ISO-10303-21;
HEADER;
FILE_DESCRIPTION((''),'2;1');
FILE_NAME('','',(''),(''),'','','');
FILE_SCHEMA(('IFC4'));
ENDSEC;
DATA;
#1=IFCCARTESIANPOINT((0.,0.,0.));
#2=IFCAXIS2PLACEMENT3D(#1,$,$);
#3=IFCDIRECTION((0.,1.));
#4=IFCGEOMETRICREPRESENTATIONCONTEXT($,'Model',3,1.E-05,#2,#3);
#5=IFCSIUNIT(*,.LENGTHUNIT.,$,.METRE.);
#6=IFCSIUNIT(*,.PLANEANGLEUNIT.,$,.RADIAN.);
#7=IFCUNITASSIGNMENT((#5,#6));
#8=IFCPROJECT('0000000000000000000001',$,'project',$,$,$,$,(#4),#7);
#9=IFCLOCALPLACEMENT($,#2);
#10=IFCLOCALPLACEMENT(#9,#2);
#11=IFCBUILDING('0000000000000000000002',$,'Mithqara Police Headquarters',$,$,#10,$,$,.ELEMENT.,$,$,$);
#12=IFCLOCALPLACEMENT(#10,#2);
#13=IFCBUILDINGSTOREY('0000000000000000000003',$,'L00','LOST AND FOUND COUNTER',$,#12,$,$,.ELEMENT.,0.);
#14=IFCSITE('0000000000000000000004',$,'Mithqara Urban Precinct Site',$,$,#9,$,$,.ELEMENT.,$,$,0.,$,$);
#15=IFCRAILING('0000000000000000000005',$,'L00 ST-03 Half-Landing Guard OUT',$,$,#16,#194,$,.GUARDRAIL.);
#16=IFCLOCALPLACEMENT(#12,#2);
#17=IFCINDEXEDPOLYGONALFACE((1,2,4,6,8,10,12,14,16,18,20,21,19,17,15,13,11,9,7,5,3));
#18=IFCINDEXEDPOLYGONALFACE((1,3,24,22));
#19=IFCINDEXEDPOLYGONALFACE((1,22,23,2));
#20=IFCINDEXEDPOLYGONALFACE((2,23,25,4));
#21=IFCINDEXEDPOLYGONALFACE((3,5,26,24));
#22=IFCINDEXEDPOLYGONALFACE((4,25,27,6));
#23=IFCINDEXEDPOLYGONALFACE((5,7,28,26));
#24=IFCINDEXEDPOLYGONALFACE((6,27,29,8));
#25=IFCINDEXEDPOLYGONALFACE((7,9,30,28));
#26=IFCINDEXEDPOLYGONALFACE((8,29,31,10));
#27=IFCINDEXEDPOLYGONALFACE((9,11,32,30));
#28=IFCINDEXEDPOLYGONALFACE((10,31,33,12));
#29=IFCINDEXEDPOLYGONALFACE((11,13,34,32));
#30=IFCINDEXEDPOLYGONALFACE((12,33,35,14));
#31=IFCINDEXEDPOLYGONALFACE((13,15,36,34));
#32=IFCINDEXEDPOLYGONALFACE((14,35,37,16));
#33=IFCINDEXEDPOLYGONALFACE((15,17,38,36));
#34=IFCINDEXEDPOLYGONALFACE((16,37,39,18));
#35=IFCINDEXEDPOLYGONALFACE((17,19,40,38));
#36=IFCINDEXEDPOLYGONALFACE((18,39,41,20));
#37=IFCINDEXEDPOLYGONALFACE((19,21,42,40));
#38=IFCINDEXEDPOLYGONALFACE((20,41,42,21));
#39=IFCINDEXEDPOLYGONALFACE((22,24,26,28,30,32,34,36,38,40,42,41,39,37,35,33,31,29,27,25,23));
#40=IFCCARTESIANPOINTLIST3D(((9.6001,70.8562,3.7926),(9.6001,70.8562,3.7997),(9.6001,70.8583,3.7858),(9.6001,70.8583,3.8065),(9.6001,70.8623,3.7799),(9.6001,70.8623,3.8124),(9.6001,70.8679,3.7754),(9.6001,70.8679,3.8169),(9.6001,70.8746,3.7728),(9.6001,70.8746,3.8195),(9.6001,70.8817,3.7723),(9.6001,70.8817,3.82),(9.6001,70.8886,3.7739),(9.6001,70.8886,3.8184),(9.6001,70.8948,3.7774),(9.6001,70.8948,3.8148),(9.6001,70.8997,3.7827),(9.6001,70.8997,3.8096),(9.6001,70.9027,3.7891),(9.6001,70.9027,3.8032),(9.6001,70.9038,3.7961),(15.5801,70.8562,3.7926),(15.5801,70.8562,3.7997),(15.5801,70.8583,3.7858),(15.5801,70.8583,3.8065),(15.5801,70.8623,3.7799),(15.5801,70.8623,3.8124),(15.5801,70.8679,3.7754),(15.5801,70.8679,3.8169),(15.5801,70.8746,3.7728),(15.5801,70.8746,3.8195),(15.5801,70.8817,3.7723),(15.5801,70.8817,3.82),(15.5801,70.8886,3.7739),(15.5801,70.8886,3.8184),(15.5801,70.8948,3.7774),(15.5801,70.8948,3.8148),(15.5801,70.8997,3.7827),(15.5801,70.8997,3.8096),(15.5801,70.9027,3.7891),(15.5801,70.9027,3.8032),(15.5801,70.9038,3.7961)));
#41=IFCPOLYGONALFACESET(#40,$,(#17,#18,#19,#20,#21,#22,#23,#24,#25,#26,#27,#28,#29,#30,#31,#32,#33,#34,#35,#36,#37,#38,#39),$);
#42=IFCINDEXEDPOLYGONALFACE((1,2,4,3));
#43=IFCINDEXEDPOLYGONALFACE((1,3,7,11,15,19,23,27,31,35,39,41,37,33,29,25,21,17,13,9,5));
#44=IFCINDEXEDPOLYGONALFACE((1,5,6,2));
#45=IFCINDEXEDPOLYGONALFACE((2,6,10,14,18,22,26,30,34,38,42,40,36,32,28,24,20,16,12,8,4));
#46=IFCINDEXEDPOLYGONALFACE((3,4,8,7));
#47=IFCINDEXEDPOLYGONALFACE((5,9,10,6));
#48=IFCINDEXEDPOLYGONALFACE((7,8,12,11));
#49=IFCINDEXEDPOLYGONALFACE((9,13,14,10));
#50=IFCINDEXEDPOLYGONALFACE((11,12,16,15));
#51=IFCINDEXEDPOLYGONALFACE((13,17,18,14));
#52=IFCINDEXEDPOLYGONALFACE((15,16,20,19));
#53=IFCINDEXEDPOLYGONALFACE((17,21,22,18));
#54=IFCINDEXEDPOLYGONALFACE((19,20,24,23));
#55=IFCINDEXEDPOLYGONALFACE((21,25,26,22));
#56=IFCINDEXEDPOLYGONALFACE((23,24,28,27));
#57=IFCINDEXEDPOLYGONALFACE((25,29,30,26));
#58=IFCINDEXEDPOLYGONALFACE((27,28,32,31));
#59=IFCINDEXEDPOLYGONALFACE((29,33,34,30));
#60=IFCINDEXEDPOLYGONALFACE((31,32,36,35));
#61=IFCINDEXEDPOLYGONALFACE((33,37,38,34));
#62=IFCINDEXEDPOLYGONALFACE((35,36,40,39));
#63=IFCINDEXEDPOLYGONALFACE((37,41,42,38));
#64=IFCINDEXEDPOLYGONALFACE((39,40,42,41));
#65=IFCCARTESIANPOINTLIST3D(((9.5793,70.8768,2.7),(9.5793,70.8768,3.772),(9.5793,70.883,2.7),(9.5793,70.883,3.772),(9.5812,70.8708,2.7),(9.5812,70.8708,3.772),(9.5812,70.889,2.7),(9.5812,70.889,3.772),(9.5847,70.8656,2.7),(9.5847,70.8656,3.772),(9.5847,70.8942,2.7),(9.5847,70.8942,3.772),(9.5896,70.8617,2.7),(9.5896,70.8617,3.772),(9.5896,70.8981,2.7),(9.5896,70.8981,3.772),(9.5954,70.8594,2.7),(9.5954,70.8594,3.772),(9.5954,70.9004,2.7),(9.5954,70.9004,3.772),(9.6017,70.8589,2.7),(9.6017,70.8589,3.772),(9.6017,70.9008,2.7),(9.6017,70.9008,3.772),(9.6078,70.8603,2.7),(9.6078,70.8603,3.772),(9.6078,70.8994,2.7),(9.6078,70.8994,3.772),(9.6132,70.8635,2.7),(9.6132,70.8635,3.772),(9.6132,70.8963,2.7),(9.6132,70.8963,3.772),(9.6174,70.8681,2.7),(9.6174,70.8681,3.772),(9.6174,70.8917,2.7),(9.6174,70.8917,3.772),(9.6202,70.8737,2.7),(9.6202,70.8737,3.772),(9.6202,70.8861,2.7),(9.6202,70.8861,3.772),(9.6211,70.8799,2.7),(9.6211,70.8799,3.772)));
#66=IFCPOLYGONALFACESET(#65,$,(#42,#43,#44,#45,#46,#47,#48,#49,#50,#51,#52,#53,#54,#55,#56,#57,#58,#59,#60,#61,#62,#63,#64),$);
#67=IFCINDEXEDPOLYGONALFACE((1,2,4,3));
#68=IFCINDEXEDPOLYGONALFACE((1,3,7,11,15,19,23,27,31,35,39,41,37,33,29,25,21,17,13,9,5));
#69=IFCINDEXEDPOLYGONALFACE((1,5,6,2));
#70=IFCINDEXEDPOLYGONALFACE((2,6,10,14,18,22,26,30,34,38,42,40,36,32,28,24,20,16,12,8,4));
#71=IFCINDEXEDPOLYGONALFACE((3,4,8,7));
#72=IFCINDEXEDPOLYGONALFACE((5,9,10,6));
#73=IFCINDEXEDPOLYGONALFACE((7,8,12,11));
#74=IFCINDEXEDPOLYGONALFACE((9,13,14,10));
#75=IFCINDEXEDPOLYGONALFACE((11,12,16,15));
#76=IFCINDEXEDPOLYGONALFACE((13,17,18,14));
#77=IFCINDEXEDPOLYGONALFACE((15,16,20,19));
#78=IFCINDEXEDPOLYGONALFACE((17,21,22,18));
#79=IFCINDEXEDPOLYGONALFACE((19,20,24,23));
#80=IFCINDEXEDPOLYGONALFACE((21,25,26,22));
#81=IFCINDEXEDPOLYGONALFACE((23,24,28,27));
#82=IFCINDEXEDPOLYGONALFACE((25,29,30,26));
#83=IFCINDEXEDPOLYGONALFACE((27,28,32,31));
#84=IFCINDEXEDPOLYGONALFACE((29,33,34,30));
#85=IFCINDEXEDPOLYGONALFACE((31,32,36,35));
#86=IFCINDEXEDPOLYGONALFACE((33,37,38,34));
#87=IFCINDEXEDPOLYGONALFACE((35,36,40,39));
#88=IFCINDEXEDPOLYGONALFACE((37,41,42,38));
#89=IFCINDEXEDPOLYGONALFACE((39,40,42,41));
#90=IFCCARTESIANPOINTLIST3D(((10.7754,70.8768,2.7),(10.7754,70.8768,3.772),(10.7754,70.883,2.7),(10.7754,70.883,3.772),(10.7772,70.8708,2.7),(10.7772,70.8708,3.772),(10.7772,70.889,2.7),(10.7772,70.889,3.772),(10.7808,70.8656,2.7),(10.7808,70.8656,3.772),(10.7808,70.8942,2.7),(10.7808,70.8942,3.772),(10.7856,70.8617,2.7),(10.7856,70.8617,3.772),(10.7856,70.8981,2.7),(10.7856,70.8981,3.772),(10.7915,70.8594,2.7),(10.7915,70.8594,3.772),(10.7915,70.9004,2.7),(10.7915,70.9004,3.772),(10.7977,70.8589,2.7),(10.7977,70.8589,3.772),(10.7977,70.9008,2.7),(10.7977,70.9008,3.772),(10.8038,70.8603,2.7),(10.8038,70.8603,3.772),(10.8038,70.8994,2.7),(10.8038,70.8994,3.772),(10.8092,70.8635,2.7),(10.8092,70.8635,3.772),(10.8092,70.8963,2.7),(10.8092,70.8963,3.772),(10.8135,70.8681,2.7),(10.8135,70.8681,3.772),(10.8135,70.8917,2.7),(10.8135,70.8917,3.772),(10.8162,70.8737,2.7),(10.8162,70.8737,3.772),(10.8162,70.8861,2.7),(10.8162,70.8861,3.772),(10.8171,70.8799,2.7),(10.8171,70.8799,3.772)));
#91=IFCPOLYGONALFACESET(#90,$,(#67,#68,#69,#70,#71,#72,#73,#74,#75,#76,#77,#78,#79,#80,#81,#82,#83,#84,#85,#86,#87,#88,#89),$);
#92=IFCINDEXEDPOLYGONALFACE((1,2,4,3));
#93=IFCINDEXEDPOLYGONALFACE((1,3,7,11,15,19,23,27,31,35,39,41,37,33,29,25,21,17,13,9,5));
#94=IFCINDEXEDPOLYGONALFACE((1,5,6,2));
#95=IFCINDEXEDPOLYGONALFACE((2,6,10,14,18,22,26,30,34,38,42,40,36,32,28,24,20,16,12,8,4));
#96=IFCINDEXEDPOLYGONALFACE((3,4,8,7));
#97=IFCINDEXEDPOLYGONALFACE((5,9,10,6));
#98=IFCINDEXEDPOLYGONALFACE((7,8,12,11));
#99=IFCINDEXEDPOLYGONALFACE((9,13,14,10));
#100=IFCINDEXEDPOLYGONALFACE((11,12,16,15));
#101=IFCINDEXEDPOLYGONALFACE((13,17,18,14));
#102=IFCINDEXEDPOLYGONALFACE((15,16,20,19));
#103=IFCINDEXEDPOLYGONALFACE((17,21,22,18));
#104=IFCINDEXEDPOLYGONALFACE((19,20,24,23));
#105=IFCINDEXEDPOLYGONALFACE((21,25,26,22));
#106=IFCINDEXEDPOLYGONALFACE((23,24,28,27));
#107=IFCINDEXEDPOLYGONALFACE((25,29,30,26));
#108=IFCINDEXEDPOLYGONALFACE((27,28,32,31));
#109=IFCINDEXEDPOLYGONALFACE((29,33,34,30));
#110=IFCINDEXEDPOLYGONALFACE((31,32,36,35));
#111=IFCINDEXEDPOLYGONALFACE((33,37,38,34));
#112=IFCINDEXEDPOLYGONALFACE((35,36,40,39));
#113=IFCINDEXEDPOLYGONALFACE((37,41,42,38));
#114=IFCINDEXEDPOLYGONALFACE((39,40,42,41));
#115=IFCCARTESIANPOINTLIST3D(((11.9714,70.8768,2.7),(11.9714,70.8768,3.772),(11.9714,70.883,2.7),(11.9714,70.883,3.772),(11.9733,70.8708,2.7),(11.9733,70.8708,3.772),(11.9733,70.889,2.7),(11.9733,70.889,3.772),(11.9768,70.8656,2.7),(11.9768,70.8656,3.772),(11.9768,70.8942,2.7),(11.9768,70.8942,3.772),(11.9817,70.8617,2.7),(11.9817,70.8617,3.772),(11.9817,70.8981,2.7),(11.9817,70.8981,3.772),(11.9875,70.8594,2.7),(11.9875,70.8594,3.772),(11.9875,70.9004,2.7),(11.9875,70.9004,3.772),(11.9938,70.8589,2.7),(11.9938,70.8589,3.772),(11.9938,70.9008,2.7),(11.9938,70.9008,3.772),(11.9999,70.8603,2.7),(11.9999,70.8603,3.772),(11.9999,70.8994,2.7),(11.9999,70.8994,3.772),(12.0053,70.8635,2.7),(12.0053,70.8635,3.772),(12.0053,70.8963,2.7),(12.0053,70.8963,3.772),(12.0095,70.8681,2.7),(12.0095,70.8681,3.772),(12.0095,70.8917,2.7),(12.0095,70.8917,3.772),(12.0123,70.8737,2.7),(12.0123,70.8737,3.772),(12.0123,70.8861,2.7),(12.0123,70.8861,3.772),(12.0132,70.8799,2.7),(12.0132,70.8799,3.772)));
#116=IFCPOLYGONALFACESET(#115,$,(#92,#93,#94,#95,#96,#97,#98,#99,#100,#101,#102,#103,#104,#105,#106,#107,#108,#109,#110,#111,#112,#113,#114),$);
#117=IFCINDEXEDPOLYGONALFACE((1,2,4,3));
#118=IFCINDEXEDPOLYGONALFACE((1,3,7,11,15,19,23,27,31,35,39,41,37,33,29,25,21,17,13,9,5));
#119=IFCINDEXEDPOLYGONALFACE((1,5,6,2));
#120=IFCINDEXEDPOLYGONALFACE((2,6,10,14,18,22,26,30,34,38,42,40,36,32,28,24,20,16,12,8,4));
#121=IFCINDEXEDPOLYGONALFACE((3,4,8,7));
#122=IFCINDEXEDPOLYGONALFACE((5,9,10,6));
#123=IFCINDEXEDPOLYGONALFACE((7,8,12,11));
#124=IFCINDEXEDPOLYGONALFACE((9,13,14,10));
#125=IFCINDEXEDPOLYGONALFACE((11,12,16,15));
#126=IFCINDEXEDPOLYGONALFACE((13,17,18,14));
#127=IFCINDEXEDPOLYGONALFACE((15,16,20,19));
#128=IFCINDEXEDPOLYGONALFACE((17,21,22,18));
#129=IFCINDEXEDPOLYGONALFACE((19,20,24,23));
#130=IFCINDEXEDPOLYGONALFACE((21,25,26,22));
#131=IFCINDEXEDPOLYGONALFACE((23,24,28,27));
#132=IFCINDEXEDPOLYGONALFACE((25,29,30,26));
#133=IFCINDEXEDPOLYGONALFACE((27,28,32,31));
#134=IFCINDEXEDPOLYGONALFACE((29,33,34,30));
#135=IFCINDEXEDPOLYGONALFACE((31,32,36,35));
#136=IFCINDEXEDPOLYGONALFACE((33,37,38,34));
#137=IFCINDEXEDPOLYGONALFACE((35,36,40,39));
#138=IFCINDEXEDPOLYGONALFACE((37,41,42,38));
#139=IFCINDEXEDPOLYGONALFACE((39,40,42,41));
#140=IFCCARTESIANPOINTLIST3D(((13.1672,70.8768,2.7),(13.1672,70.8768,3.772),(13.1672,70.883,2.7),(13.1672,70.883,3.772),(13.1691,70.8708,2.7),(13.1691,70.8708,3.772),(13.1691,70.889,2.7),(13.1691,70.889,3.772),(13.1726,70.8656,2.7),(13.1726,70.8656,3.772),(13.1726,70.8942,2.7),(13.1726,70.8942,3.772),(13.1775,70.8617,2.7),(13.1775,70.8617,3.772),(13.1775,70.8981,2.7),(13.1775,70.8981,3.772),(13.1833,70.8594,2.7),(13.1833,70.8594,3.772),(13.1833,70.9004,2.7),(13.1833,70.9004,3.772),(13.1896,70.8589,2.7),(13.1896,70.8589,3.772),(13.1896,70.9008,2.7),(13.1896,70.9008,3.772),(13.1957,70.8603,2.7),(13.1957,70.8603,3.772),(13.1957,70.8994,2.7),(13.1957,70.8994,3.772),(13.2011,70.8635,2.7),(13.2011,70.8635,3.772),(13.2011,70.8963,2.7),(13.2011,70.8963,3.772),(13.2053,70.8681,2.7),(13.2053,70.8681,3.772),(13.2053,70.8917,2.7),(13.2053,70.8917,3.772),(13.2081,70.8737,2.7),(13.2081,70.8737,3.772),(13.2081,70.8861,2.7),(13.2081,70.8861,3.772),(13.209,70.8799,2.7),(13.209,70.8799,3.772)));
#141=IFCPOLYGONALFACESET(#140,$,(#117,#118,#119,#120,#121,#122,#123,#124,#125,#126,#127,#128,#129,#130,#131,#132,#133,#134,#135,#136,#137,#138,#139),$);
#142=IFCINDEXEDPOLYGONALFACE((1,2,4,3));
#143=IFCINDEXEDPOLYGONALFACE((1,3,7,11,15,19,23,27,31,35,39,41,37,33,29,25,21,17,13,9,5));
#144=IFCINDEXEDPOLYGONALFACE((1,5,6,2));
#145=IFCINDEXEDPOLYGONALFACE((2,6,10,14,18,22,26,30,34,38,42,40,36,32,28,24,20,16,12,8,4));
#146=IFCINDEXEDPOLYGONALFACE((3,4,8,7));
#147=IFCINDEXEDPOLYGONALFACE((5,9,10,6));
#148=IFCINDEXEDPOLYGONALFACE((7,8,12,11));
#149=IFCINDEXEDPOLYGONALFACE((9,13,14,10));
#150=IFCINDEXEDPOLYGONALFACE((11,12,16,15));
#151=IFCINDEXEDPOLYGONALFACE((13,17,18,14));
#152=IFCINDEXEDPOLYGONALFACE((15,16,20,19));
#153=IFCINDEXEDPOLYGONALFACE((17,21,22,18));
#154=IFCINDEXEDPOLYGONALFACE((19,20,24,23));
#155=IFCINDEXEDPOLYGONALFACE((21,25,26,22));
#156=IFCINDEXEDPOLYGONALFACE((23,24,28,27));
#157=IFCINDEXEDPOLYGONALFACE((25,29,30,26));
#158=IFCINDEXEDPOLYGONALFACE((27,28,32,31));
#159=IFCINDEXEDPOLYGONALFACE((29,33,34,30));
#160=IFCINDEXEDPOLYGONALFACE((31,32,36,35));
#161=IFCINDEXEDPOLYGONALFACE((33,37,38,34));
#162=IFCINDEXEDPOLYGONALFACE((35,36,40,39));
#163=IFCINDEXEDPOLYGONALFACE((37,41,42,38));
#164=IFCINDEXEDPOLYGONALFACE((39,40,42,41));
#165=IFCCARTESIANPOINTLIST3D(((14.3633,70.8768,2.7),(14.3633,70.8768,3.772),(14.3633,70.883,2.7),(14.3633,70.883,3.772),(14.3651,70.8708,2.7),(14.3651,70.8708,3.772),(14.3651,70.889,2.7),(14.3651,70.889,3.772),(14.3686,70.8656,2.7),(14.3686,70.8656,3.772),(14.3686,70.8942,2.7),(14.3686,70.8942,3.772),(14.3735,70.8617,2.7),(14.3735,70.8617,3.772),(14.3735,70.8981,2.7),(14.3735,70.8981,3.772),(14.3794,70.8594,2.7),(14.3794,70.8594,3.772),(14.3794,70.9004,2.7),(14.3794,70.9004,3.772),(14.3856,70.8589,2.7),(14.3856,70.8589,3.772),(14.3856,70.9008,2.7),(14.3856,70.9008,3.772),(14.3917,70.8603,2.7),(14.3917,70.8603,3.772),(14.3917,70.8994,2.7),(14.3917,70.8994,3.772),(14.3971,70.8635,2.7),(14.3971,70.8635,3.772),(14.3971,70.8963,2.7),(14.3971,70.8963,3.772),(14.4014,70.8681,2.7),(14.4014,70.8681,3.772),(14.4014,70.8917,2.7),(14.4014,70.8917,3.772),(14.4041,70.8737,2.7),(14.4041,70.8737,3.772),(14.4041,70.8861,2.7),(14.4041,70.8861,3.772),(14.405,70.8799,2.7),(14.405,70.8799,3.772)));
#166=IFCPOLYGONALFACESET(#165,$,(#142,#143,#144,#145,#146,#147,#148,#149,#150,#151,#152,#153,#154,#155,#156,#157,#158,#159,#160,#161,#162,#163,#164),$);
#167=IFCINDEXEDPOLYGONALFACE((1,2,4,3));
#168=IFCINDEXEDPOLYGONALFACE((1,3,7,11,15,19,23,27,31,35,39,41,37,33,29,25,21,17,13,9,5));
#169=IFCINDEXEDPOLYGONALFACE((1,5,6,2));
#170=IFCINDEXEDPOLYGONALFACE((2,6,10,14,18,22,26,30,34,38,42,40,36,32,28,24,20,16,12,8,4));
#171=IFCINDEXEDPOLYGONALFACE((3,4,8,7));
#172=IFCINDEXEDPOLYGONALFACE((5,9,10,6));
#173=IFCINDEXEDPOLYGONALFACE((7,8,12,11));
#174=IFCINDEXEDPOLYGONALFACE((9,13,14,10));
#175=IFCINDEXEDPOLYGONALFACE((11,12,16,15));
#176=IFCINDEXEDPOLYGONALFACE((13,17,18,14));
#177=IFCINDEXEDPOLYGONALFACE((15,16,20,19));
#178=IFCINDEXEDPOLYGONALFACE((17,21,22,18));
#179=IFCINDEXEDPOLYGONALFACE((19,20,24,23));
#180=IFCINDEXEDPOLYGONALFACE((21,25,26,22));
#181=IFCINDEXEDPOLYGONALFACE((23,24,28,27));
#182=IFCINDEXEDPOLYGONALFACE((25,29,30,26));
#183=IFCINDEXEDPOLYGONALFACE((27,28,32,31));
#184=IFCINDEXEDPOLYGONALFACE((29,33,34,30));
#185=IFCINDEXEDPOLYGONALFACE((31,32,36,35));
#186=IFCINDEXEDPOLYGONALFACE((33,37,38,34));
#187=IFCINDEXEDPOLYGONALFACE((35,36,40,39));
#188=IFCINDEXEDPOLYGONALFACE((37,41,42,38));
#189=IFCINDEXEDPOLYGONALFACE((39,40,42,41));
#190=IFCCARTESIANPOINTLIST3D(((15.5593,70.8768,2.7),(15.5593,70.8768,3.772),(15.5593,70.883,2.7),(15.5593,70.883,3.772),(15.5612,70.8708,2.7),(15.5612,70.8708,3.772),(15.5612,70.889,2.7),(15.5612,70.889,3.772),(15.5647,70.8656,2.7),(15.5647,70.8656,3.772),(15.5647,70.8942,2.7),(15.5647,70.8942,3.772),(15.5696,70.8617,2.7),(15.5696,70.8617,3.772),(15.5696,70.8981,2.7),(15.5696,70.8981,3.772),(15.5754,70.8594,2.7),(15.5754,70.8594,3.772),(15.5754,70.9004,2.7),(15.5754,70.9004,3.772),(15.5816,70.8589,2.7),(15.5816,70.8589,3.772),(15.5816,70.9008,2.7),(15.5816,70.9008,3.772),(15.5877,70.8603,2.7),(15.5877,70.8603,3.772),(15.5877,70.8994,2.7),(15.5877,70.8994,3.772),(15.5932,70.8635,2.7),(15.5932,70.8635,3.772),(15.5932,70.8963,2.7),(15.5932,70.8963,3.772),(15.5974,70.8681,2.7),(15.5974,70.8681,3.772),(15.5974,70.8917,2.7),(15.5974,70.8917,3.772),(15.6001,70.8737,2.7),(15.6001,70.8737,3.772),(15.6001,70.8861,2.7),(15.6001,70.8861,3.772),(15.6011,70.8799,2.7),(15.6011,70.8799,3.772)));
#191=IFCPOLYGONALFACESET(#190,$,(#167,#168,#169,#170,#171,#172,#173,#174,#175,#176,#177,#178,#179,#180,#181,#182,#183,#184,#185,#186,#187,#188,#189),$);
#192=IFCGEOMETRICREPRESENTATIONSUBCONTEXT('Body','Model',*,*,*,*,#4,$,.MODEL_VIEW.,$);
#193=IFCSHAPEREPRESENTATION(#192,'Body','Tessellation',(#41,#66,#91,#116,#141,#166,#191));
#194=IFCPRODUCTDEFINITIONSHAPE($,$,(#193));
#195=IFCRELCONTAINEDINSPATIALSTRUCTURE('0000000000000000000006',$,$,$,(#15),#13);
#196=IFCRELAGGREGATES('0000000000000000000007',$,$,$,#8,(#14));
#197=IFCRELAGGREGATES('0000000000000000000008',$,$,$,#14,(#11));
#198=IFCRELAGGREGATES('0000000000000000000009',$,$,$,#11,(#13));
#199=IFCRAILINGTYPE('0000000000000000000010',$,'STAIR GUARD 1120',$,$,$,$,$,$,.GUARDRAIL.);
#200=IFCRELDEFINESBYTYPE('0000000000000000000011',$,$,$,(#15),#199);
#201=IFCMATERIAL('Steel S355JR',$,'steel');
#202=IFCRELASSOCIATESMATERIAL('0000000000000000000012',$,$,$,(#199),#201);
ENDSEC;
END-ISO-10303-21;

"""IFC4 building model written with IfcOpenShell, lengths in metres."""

from ifc_helpers import new_model, si_unit, direction, frame, origin, origin_2d, place, context, subcontext, project, spatial, circle, extrude, material, type_object, element, save


model = new_model("IFC4")

# Units and contexts
model_context = context("Model", 3, precision=1e-05, world=origin(), true_north=direction((0.0, 1.0)))
body_context = subcontext(model_context, "Body", "Model", "MODEL_VIEW")
ifc_project = project(units=[si_unit("LENGTHUNIT", "METRE"), si_unit("PLANEANGLEUNIT", "RADIAN")], contexts=[model_context])

# Site, building, storey
site_placement = place(None, origin())
site = spatial("IfcSite", under=ifc_project, at=site_placement, Name="Mithqara Urban Precinct Site", CompositionType="ELEMENT", RefElevation=0.0)
building_placement = place(site_placement, origin())
building = spatial("IfcBuilding", under=site, at=building_placement, Name="Mithqara Police Headquarters", CompositionType="ELEMENT")
storey_placement = place(building_placement, origin())
storey = spatial("IfcBuildingStorey", under=building, at=storey_placement, Name="L00", Description="LOST AND FOUND COUNTER", CompositionType="ELEMENT", Elevation=0.0)

# Shared definitions
ifc_material_1 = material(Name="Steel S355JR", Category="steel")

# Railing
railing_type_1 = type_object("IfcRailingType", Name="STAIR GUARD 1120", PredefinedType="GUARDRAIL", material=ifc_material_1)
for number, where, name in (
    (1, (9.6001, 70.8799, 2.7), "L00 ST-03 Half-Landing Guard OUT"),
):
    element("IfcRailing", number, at=place(storey_placement, frame(where)), inside=storey, type_object=railing_type_1, Name=name, PredefinedType="GUARDRAIL", context=body_context, shape_type="SweptSolid", body=[
        extrude(circle(Radius=0.0239, at=origin_2d()), frame((0.0, 0.0, 1.0962), z_axis=(1.0, 0.0, 0.0), x_axis=(0.0, 1.0, 0.0)), (0.0, 0.0, 1.0), 5.98),
        extrude(circle(Radius=0.021, at=origin_2d()), origin(), (0.0, 0.0, 1.0), 1.072),
        extrude(circle(Radius=0.021, at=origin_2d()), frame((1.196, 0.0, 0.0)), (0.0, 0.0, 1.0), 1.072),
        extrude(circle(Radius=0.021, at=origin_2d()), frame((2.3921, 0.0, 0.0)), (0.0, 0.0, 1.0), 1.072),
        extrude(circle(Radius=0.021, at=origin_2d()), frame((3.5879, 0.0, 0.0)), (0.0, 0.0, 1.0), 1.072),
        extrude(circle(Radius=0.021, at=origin_2d()), frame((4.7839, 0.0, 0.0)), (0.0, 0.0, 1.0), 1.072),
        extrude(circle(Radius=0.021, at=origin_2d()), frame((5.98, 0.0, 0.0)), (0.0, 0.0, 1.0), 1.072),
    ])

save(model, "model.ifc")
